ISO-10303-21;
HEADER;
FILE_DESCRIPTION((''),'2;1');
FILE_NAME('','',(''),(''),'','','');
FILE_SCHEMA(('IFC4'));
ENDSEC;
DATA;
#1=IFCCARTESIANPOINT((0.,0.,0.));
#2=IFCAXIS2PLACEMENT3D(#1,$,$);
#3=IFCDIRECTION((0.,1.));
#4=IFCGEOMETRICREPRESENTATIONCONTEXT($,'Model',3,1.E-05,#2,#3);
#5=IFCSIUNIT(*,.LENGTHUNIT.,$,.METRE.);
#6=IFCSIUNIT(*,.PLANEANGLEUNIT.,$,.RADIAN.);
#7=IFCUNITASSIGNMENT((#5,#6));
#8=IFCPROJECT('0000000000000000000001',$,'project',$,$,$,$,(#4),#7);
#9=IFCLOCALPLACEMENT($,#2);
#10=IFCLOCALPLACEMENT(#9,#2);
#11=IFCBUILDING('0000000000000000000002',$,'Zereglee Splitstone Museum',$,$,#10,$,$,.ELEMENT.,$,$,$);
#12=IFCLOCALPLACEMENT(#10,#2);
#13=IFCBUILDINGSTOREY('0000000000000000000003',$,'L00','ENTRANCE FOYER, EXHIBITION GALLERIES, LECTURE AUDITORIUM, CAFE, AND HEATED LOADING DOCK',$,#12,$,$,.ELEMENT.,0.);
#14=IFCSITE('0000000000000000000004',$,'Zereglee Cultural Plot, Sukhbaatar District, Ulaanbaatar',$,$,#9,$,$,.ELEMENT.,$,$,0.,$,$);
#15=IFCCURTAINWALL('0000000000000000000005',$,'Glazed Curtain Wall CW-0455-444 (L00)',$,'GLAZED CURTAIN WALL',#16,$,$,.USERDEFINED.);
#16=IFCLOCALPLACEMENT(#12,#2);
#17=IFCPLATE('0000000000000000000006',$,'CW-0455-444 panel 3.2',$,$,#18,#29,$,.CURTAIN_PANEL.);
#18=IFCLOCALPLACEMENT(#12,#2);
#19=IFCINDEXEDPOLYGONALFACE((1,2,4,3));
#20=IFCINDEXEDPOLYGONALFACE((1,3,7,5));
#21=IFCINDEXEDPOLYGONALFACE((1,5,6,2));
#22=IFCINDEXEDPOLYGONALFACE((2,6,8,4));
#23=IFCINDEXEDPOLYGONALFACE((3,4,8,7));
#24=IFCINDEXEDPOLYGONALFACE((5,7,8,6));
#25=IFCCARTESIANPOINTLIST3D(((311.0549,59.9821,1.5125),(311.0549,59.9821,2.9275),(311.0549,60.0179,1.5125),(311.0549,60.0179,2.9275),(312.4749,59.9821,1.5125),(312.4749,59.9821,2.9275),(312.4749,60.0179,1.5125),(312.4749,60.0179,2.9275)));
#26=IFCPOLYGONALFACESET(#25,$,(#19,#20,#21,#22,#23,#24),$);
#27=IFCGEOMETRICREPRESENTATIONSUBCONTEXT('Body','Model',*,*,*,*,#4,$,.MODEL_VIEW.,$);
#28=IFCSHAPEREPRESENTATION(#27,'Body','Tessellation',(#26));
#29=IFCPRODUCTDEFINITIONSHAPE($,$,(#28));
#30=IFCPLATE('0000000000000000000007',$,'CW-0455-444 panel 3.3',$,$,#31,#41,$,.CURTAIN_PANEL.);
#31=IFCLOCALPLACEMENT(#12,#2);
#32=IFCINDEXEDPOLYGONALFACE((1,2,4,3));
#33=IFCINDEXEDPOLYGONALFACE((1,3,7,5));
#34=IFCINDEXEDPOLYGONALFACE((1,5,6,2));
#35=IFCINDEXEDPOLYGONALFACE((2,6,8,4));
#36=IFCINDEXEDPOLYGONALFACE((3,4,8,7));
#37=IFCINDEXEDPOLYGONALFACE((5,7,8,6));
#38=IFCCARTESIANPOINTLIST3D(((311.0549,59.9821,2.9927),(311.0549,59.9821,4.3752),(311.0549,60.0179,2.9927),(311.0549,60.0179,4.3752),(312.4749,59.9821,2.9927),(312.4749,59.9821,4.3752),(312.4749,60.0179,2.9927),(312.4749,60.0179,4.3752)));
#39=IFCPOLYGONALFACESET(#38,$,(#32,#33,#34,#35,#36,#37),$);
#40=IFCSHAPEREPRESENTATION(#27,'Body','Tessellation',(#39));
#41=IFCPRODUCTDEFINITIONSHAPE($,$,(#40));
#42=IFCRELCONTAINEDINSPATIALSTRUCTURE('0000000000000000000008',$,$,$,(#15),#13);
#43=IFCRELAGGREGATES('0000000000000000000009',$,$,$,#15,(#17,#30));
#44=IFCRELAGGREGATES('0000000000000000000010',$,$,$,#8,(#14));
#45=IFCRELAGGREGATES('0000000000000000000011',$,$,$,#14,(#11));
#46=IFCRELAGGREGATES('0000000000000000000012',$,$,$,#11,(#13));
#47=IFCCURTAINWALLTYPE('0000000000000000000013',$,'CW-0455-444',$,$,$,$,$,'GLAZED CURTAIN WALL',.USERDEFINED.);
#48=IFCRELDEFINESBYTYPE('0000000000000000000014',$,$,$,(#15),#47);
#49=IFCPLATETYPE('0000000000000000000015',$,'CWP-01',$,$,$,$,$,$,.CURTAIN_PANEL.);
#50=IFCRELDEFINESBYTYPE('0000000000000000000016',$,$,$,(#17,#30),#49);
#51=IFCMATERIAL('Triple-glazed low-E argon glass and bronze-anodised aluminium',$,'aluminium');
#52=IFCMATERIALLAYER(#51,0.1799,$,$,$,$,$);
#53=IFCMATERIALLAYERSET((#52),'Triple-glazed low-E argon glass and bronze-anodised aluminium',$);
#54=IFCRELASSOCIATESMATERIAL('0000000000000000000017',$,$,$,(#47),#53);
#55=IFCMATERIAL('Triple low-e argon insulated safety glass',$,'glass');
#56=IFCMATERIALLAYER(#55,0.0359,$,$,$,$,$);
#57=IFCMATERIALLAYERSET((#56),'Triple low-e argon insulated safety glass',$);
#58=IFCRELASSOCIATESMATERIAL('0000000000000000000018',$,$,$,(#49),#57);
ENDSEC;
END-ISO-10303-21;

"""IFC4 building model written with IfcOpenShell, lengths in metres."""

from ifc_helpers import new_model, si_unit, direction, frame, origin, origin_2d, place, context, subcontext, project, spatial, rectangle, extrude, material, layer, layer_set, type_object, element, aggregate, save


model = new_model("IFC4")

# Units and contexts
model_context = context("Model", 3, precision=1e-05, world=origin(), true_north=direction((0.0, 1.0)))
body_context = subcontext(model_context, "Body", "Model", "MODEL_VIEW")
ifc_project = project(units=[si_unit("LENGTHUNIT", "METRE"), si_unit("PLANEANGLEUNIT", "RADIAN")], contexts=[model_context])

# Site, building, storey
site_placement = place(None, origin())
site = spatial("IfcSite", under=ifc_project, at=site_placement, Name="Zereglee Cultural Plot, Sukhbaatar District, Ulaanbaatar", CompositionType="ELEMENT", RefElevation=0.0)
building_placement = place(site_placement, origin())
building = spatial("IfcBuilding", under=site, at=building_placement, Name="Zereglee Splitstone Museum", CompositionType="ELEMENT")
storey_placement = place(building_placement, origin())
storey = spatial("IfcBuildingStorey", under=building, at=storey_placement, Name="L00", Description="ENTRANCE FOYER, EXHIBITION GALLERIES, LECTURE AUDITORIUM, CAFE, AND HEATED LOADING DOCK", CompositionType="ELEMENT", Elevation=0.0)

# Curtain wall
ifc_material_1 = material(Name="Triple-glazed low-E argon glass and bronze-anodised aluminium", Category="aluminium")
ifc_layer_1 = layer(ifc_material_1, 0.1799)
ifc_layer_set_1 = layer_set([ifc_layer_1], Name="Triple-glazed low-E argon glass and bronze-anodised aluminium")
curtain_wall_type_1 = type_object("IfcCurtainWallType", Name="CW-0455-444", ElementType="GLAZED CURTAIN WALL", PredefinedType="USERDEFINED", material=ifc_layer_set_1)
curtain_wall_1_placement = place(storey_placement, origin())
curtain_wall_1 = element("IfcCurtainWall", 1, at=curtain_wall_1_placement, inside=storey, type_object=curtain_wall_type_1, Name="Glazed Curtain Wall CW-0455-444 (L00)", ObjectType="GLAZED CURTAIN WALL", PredefinedType="USERDEFINED")

# Plates
ifc_material_2 = material(Name="Triple low-e argon insulated safety glass", Category="glass")
ifc_layer_2 = layer(ifc_material_2, 0.0359)
ifc_layer_set_2 = layer_set([ifc_layer_2], Name="Triple low-e argon insulated safety glass")
plate_type = type_object("IfcPlateType", Name="CWP-01", PredefinedType="CURTAIN_PANEL", material=ifc_layer_set_2)
plate_1_placement = place(storey_placement, frame((311.7649, 60.0, 1.5125), z_axis=(0.0, 0.0, 1.0), x_axis=(-1.0, 0.0, 0.0)))
plate_1 = element("IfcPlate", 2, at=plate_1_placement, type_object=plate_type, Name="CW-0455-444 panel 3.2", PredefinedType="CURTAIN_PANEL", context=body_context, shape_type="SweptSolid", body=[
    extrude(rectangle(XDim=1.4199, YDim=0.0359, at=origin_2d()), origin(), (0.0, 0.0, 1.0), 1.415),
])
plate_2_placement = place(storey_placement, frame((311.7649, 60.0, 2.9927), z_axis=(0.0, 0.0, 1.0), x_axis=(-1.0, 0.0, 0.0)))
plate_2 = element("IfcPlate", 3, at=plate_2_placement, type_object=plate_type, Name="CW-0455-444 panel 3.3", PredefinedType="CURTAIN_PANEL", context=body_context, shape_type="SweptSolid", body=[
    extrude(rectangle(XDim=1.4199, YDim=0.0359, at=origin_2d()), origin(), (0.0, 0.0, 1.0), 1.3826),
])
aggregate(curtain_wall_1, [plate_1, plate_2])

save(model, "model.ifc")
